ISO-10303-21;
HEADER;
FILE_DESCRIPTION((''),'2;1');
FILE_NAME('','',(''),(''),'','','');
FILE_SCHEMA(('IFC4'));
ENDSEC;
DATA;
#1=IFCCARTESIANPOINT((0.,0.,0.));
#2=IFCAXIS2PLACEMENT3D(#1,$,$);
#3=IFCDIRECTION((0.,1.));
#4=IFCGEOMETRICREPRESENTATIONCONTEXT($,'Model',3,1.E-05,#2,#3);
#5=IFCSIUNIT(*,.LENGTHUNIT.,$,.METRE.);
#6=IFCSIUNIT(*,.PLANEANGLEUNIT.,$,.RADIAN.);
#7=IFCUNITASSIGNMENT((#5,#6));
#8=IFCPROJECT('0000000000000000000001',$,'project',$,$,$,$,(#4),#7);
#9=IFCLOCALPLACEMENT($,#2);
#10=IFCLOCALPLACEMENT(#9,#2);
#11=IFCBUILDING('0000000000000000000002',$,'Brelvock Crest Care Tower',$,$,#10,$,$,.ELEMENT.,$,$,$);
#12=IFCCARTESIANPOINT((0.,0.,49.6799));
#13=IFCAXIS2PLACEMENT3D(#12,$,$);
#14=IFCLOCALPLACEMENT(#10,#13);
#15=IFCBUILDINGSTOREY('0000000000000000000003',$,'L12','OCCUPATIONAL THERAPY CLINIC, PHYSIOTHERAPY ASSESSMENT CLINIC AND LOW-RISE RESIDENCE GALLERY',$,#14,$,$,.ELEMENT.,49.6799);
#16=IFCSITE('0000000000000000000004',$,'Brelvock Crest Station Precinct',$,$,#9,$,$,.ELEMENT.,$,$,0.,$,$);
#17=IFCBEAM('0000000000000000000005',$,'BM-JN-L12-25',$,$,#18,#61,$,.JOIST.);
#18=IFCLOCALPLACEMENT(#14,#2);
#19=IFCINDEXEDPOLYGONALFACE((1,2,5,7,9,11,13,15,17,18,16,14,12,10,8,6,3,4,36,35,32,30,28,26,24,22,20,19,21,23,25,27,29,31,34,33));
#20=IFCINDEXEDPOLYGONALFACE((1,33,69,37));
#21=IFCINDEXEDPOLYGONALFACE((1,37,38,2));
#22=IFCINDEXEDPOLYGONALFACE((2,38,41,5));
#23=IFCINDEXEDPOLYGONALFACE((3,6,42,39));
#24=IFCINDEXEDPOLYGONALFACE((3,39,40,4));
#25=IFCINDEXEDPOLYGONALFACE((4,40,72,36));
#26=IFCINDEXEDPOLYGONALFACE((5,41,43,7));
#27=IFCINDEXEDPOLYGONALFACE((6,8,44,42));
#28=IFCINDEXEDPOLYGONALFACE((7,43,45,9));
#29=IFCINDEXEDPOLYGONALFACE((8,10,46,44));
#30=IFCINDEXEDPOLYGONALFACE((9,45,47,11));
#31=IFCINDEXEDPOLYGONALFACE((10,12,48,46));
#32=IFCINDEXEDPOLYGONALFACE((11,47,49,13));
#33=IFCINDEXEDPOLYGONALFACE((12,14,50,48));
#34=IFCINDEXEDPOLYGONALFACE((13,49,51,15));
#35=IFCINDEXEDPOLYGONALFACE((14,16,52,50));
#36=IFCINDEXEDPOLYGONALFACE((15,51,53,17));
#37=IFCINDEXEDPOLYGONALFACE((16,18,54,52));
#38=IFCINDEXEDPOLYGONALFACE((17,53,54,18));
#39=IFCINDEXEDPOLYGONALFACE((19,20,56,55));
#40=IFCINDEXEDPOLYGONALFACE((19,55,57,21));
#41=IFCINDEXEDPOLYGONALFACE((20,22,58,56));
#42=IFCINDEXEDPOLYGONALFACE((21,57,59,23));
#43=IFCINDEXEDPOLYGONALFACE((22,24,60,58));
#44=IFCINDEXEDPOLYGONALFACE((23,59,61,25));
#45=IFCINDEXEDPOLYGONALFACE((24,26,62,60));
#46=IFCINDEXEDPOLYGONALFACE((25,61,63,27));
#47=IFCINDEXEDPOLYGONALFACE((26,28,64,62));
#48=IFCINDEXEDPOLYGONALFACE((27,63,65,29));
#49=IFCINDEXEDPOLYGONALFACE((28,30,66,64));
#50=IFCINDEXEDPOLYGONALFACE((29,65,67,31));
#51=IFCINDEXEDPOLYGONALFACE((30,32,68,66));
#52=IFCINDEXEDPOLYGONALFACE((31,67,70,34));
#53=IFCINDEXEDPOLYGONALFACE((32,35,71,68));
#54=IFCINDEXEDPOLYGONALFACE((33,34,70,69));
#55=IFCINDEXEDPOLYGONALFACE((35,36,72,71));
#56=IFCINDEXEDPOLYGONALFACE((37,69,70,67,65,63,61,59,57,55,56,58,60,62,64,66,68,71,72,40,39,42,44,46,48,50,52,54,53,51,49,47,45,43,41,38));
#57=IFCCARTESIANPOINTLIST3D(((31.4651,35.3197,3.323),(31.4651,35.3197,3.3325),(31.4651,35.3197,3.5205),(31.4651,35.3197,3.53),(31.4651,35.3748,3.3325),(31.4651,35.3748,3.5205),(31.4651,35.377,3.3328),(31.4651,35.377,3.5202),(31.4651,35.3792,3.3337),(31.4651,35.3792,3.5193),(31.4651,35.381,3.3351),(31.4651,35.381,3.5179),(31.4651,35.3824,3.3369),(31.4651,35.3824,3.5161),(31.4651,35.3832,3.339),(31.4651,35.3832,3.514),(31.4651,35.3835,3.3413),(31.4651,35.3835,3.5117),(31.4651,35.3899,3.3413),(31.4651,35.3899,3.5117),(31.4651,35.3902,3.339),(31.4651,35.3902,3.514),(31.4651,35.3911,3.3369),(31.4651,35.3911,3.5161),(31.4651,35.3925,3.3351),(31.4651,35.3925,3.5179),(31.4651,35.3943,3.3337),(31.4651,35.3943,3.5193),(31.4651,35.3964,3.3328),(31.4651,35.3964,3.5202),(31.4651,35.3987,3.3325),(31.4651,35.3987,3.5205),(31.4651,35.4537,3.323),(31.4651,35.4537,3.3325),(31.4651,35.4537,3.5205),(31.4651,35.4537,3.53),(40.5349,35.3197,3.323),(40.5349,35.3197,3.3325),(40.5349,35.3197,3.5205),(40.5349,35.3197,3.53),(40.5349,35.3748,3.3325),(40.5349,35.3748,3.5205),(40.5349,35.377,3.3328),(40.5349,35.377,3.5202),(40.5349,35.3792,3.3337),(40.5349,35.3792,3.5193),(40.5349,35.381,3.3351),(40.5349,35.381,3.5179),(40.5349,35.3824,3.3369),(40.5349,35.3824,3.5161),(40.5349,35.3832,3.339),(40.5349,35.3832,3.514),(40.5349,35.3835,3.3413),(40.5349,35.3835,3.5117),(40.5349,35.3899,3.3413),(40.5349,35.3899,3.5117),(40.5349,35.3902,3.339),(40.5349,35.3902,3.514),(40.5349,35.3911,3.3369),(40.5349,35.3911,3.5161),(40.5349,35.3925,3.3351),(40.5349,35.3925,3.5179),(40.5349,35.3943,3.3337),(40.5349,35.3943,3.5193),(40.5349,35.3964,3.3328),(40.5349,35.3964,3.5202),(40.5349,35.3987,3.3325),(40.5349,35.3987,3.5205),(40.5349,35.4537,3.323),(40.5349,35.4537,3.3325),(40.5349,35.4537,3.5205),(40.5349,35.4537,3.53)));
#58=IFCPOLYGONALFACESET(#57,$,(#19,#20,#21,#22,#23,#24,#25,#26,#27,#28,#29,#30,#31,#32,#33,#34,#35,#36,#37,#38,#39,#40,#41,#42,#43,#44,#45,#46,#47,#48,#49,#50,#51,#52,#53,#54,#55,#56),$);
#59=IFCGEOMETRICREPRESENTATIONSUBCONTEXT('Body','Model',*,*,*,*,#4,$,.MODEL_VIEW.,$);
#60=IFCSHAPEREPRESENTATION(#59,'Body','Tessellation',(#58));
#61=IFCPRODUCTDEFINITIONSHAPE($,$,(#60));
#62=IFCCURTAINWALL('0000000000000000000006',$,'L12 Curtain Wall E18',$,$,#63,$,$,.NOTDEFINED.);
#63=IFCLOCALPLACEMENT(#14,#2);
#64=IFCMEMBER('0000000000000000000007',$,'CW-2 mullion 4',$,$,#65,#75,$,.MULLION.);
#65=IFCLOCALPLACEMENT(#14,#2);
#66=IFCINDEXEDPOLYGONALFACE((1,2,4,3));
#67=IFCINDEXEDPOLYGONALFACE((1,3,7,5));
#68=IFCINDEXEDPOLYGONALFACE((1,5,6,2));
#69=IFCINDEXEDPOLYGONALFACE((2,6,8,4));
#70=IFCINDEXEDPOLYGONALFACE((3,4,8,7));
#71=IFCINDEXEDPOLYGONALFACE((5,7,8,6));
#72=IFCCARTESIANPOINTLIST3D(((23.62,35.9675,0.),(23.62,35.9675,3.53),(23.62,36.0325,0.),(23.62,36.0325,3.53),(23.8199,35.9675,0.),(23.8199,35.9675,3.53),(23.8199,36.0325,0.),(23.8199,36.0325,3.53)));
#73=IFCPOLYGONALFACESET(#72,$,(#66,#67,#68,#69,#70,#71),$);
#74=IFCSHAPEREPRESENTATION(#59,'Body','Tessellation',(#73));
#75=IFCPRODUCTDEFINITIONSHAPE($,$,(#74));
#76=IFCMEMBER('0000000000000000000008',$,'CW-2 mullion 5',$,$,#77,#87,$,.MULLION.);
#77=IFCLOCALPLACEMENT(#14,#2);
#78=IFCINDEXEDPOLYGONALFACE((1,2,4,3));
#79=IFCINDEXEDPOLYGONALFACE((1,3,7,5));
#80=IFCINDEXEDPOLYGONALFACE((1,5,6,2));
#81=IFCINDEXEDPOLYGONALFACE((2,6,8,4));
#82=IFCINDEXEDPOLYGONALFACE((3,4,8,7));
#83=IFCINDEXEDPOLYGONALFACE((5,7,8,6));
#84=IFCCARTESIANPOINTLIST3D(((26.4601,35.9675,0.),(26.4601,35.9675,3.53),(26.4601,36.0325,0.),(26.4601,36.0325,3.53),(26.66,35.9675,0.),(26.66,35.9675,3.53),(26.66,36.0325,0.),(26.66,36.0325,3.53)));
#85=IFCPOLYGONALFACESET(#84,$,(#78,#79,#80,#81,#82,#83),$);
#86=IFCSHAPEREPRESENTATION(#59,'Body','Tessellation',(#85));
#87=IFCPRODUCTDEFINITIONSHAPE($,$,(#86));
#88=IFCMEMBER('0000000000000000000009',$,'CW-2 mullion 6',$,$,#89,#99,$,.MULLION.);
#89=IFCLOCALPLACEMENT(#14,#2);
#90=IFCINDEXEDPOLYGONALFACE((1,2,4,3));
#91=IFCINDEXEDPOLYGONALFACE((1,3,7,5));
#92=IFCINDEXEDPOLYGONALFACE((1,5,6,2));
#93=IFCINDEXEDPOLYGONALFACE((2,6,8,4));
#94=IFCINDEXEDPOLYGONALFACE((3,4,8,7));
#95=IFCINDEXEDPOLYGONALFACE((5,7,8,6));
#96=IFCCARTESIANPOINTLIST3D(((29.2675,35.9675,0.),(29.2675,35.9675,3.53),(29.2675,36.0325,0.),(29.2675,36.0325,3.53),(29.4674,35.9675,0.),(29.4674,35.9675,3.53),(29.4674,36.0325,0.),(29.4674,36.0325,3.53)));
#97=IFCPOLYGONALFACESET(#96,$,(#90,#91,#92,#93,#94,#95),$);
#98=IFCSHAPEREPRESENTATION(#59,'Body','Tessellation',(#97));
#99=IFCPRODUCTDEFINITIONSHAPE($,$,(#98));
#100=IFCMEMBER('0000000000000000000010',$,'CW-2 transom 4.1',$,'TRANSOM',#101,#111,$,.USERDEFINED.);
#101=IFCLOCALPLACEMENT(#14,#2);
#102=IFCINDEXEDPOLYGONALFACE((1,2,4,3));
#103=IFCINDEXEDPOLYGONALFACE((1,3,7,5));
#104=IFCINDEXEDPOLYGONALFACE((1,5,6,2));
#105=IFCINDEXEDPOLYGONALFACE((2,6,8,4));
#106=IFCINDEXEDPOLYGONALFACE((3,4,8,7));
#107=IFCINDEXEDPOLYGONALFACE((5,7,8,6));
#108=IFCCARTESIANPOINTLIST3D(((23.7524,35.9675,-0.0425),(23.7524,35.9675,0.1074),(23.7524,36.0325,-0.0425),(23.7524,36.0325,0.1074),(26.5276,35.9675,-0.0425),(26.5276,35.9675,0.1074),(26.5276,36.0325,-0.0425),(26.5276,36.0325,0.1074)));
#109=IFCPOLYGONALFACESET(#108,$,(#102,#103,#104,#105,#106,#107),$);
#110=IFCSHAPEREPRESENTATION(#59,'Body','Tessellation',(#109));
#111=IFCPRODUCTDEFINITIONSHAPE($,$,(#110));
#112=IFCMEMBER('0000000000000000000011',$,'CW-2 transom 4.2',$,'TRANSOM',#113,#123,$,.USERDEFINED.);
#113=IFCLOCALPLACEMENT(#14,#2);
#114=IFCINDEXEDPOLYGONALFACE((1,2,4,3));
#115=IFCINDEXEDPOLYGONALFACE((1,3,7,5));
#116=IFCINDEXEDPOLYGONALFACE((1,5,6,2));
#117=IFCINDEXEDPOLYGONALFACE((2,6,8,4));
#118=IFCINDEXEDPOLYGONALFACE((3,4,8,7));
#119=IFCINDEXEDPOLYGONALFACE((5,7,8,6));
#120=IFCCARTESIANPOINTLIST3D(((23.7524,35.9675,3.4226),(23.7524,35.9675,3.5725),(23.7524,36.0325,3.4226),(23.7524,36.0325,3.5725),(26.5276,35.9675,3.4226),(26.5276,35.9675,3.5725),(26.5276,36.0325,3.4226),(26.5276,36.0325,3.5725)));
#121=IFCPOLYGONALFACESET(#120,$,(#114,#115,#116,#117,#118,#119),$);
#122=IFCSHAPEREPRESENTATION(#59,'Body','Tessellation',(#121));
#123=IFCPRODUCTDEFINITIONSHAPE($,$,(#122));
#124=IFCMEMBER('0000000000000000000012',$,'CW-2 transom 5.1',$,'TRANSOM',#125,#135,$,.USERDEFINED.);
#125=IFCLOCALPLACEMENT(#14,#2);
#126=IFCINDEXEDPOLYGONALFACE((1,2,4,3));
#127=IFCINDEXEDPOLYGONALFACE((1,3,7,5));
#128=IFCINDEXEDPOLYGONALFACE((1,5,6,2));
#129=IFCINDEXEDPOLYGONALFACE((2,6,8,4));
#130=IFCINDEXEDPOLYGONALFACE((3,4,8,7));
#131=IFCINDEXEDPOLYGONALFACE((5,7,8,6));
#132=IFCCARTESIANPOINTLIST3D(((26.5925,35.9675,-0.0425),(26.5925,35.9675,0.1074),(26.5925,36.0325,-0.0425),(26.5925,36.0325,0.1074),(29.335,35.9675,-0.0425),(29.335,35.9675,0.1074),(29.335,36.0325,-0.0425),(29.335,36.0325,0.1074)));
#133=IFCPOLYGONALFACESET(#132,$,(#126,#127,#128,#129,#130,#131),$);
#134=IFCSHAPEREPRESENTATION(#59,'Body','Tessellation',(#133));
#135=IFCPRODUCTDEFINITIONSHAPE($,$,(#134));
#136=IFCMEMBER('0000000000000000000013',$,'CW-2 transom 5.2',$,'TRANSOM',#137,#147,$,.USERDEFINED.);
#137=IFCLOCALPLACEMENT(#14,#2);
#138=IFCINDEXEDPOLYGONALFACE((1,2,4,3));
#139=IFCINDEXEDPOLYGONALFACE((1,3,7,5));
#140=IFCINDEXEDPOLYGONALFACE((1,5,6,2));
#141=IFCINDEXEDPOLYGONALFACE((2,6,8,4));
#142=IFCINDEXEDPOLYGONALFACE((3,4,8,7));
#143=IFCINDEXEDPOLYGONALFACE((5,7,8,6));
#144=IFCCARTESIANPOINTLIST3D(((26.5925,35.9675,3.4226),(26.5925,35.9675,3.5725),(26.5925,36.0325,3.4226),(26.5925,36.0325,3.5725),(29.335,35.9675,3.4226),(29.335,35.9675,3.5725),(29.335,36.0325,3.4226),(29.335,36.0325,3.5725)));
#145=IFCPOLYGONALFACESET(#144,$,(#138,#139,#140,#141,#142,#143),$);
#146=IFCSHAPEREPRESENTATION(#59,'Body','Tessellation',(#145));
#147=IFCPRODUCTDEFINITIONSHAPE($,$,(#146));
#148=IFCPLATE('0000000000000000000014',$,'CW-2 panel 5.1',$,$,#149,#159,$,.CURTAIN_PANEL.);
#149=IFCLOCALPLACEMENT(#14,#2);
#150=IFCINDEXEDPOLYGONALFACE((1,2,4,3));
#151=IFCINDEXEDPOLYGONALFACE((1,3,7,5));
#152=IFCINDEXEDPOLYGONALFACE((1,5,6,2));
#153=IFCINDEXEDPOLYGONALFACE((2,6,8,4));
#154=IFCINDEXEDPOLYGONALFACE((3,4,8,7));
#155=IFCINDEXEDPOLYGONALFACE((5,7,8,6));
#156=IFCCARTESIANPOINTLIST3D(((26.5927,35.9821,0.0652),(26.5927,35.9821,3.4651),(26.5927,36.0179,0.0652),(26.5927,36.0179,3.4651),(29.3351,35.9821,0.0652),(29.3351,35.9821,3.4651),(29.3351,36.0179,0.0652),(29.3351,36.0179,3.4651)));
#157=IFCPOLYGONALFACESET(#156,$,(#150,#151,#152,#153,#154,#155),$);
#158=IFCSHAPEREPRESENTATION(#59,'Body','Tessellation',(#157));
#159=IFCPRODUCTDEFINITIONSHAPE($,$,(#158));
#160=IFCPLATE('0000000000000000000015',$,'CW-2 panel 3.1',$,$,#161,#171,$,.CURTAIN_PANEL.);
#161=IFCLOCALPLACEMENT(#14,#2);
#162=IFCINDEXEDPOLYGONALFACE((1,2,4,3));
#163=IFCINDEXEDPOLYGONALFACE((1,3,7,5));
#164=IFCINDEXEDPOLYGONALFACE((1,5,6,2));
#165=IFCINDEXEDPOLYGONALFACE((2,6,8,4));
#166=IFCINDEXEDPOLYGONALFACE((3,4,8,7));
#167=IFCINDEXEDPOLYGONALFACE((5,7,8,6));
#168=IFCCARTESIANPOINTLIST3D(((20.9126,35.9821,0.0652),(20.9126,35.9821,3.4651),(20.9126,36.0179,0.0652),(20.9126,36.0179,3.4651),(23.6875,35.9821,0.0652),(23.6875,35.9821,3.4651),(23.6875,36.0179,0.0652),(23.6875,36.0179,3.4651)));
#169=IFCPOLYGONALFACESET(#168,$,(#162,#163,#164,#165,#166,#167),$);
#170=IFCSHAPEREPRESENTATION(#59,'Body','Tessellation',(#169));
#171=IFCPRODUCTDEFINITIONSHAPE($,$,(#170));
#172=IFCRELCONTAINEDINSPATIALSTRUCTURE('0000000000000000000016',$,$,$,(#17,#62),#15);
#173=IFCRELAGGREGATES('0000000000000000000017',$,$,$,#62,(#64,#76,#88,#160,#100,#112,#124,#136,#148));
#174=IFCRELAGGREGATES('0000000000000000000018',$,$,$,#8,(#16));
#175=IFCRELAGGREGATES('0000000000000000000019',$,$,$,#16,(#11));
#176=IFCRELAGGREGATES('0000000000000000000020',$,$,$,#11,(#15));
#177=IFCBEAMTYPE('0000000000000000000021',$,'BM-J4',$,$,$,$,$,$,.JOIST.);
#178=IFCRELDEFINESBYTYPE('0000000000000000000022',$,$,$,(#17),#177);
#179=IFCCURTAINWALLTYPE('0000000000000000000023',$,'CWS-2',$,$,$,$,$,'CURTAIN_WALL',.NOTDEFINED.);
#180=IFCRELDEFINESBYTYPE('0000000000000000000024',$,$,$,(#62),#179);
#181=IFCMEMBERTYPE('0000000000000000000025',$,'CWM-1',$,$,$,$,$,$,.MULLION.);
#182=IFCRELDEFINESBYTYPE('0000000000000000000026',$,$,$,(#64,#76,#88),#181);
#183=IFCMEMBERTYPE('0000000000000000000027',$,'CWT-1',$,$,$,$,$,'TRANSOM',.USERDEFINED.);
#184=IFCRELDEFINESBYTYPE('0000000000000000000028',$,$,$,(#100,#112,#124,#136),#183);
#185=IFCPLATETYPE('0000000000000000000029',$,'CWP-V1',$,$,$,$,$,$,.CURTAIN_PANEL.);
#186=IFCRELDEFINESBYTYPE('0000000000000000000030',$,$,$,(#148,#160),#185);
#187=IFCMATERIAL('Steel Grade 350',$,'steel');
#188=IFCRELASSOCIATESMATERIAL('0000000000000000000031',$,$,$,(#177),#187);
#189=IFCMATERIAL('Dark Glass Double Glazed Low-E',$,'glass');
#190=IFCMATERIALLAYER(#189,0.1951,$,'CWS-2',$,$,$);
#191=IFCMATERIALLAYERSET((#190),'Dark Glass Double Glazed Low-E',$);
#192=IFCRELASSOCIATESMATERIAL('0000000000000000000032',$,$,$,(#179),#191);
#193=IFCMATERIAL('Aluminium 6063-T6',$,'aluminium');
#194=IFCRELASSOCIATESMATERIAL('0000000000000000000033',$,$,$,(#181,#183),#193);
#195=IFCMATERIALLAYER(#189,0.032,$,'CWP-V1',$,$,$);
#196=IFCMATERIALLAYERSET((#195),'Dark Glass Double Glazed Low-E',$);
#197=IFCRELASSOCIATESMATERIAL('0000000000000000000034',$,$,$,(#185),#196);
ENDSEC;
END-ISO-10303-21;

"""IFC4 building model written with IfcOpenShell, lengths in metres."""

from ifc_helpers import new_model, si_unit, direction, frame, origin, origin_2d, place, context, subcontext, project, spatial, rectangle, i_section, extrude, source, transform, mapped, material, layer, layer_set, material_profile, profile_set, type_object, element, aggregate, save


model = new_model("IFC4")

# Units and contexts
model_context = context("Model", 3, precision=1e-05, world=origin(), true_north=direction((0.0, 1.0)))
body_context = subcontext(model_context, "Body", "Model", "MODEL_VIEW")
ifc_project = project(units=[si_unit("LENGTHUNIT", "METRE"), si_unit("PLANEANGLEUNIT", "RADIAN")], contexts=[model_context])

# Site, building, storey
site_placement = place(None, origin())
site = spatial("IfcSite", under=ifc_project, at=site_placement, Name="Brelvock Crest Station Precinct", CompositionType="ELEMENT", RefElevation=0.0)
building_placement = place(site_placement, origin())
building = spatial("IfcBuilding", under=site, at=building_placement, Name="Brelvock Crest Care Tower", CompositionType="ELEMENT")
storey_placement = place(building_placement, frame((0.0, 0.0, 49.6799)))
storey = spatial("IfcBuildingStorey", under=building, at=storey_placement, Name="L12", Description="OCCUPATIONAL THERAPY CLINIC, PHYSIOTHERAPY ASSESSMENT CLINIC AND LOW-RISE RESIDENCE GALLERY", CompositionType="ELEMENT", Elevation=49.6799)

# Shared definitions
ifc_material_1 = material(Name="Steel Grade 350", Category="steel")

# Beam
ifc_material_profile_1 = material_profile(ifc_material_1, i_section(OverallWidth=0.134, OverallDepth=0.207, WebThickness=0.0063, FlangeThickness=0.0095, FilletRadius=0.0088, at=origin_2d()), Name="200UB29.8")
ifc_profile_set_1 = profile_set([ifc_material_profile_1], Name="Steel Grade 350")
beam_type_1 = type_object("IfcBeamType", Name="BM-J4", PredefinedType="JOIST", material=ifc_profile_set_1)
shared_shape_1 = source(origin(), body_context, "Body", "SweptSolid", [
    extrude(i_section(OverallWidth=0.134, OverallDepth=0.207, WebThickness=0.0063, FlangeThickness=0.0095, FilletRadius=0.0088, at=origin_2d()), origin(), (0.0, 0.0, 1.0), 9.0698),
])
for number, where, z_axis, x_axis, name in (
    (1, (31.4651, 35.3867, 3.4265), (1.0, 0.0, 0.0), (0.0, 1.0, 0.0), "BM-JN-L12-25"),
):
    element("IfcBeam", number, at=place(storey_placement, frame(where, z_axis=z_axis, x_axis=x_axis)), inside=storey, type_object=beam_type_1, Name=name, PredefinedType="JOIST", context=body_context, shape_type="MappedRepresentation", body=[
        mapped(shared_shape_1, transform((0.0, 0.0, 0.0), x_axis=(1.0, 0.0, 0.0), y_axis=(0.0, 1.0, 0.0), z_axis=(0.0, 0.0, 1.0), scale=1.0)),
    ])

# Curtain wall, members, plates
ifc_material_2 = material(Name="Dark Glass Double Glazed Low-E", Category="glass")
ifc_layer_1 = layer(ifc_material_2, 0.1951, Name="CWS-2")
ifc_layer_set_1 = layer_set([ifc_layer_1], Name="Dark Glass Double Glazed Low-E")
curtain_wall_type = type_object("IfcCurtainWallType", Name="CWS-2", ElementType="CURTAIN_WALL", PredefinedType="NOTDEFINED", material=ifc_layer_set_1)
curtain_wall_placement = place(storey_placement, origin())
curtain_wall = element("IfcCurtainWall", 2, at=curtain_wall_placement, inside=storey, type_object=curtain_wall_type, Name="L12 Curtain Wall E18", PredefinedType="NOTDEFINED")
ifc_material_3 = material(Name="Aluminium 6063-T6", Category="aluminium")
ifc_material_profile_2 = material_profile(ifc_material_3, rectangle(XDim=0.0649, YDim=0.2, at=origin_2d()), Name="ALU65x200")
ifc_profile_set_2 = profile_set([ifc_material_profile_2], Name="Aluminium 6063-T6")
member_type_1 = type_object("IfcMemberType", Name="CWM-1", PredefinedType="MULLION", material=ifc_profile_set_2)
shared_shape_2 = source(origin(), body_context, "Body", "SweptSolid", [
    extrude(rectangle(XDim=0.0649, YDim=0.2, at=origin_2d()), origin(), (0.0, 0.0, 1.0), 3.53),
])
member_1_placement = place(storey_placement, frame((23.72, 36.0, 0.0), z_axis=(0.0, 0.0, 1.0), x_axis=(0.0, 1.0, 0.0)))
member_1 = element("IfcMember", 3, at=member_1_placement, type_object=member_type_1, Name="CW-2 mullion 4", PredefinedType="MULLION", context=body_context, shape_type="MappedRepresentation", body=[
    mapped(shared_shape_2, transform((0.0, 0.0, 0.0), x_axis=(1.0, 0.0, 0.0), y_axis=(0.0, 1.0, 0.0), z_axis=(0.0, 0.0, 1.0), scale=1.0)),
])
member_2_placement = place(storey_placement, frame((26.5601, 36.0, 0.0), z_axis=(0.0, 0.0, 1.0), x_axis=(0.0, 1.0, 0.0)))
member_2 = element("IfcMember", 4, at=member_2_placement, type_object=member_type_1, Name="CW-2 mullion 5", PredefinedType="MULLION", context=body_context, shape_type="MappedRepresentation", body=[
    mapped(shared_shape_2, transform((0.0, 0.0, 0.0), x_axis=(1.0, 0.0, 0.0), y_axis=(0.0, 1.0, 0.0), z_axis=(0.0, 0.0, 1.0), scale=1.0)),
])
member_3_placement = place(storey_placement, frame((29.3674, 36.0, 0.0), z_axis=(0.0, 0.0, 1.0), x_axis=(0.0, 1.0, 0.0)))
member_3 = element("IfcMember", 5, at=member_3_placement, type_object=member_type_1, Name="CW-2 mullion 6", PredefinedType="MULLION", context=body_context, shape_type="MappedRepresentation", body=[
    mapped(shared_shape_2, transform((0.0, 0.0, 0.0), x_axis=(1.0, 0.0, 0.0), y_axis=(0.0, 1.0, 0.0), z_axis=(0.0, 0.0, 1.0), scale=1.0)),
])
ifc_material_profile_3 = material_profile(ifc_material_3, rectangle(XDim=0.0649, YDim=0.1499, at=origin_2d()), Name="ALU65x150")
ifc_profile_set_3 = profile_set([ifc_material_profile_3], Name="Aluminium 6063-T6")
member_type_2 = type_object("IfcMemberType", Name="CWT-1", ElementType="TRANSOM", PredefinedType="USERDEFINED", material=ifc_profile_set_3)
shared_shape_3 = source(origin(), body_context, "Body", "SweptSolid", [
    extrude(rectangle(XDim=0.0649, YDim=0.1499, at=origin_2d()), origin(), (0.0, 0.0, 1.0), 2.7751),
])
member_4_placement = place(storey_placement, frame((23.7524, 36.0, 0.0325), z_axis=(1.0, 0.0, 0.0), x_axis=(0.0, 1.0, 0.0)))
member_4 = element("IfcMember", 6, at=member_4_placement, type_object=member_type_2, Name="CW-2 transom 4.1", ObjectType="TRANSOM", PredefinedType="USERDEFINED", context=body_context, shape_type="MappedRepresentation", body=[
    mapped(shared_shape_3, transform((0.0, 0.0, 0.0), x_axis=(1.0, 0.0, 0.0), y_axis=(0.0, 1.0, 0.0), z_axis=(0.0, 0.0, 1.0), scale=1.0)),
])
member_5_placement = place(storey_placement, frame((23.7524, 36.0, 3.4976), z_axis=(1.0, 0.0, 0.0), x_axis=(0.0, 1.0, 0.0)))
member_5 = element("IfcMember", 7, at=member_5_placement, type_object=member_type_2, Name="CW-2 transom 4.2", ObjectType="TRANSOM", PredefinedType="USERDEFINED", context=body_context, shape_type="MappedRepresentation", body=[
    mapped(shared_shape_3, transform((0.0, 0.0, 0.0), x_axis=(1.0, 0.0, 0.0), y_axis=(0.0, 1.0, 0.0), z_axis=(0.0, 0.0, 1.0), scale=1.0)),
])
shared_shape_4 = source(origin(), body_context, "Body", "SweptSolid", [
    extrude(rectangle(XDim=0.0649, YDim=0.1499, at=origin_2d()), origin(), (0.0, 0.0, 1.0), 2.7424),
])
member_6_placement = place(storey_placement, frame((26.5925, 36.0, 0.0325), z_axis=(1.0, 0.0, 0.0), x_axis=(0.0, 1.0, 0.0)))
member_6 = element("IfcMember", 8, at=member_6_placement, type_object=member_type_2, Name="CW-2 transom 5.1", ObjectType="TRANSOM", PredefinedType="USERDEFINED", context=body_context, shape_type="MappedRepresentation", body=[
    mapped(shared_shape_4, transform((0.0, 0.0, 0.0), x_axis=(1.0, 0.0, 0.0), y_axis=(0.0, 1.0, 0.0), z_axis=(0.0, 0.0, 1.0), scale=1.0)),
])
member_7_placement = place(storey_placement, frame((26.5925, 36.0, 3.4976), z_axis=(1.0, 0.0, 0.0), x_axis=(0.0, 1.0, 0.0)))
member_7 = element("IfcMember", 9, at=member_7_placement, type_object=member_type_2, Name="CW-2 transom 5.2", ObjectType="TRANSOM", PredefinedType="USERDEFINED", context=body_context, shape_type="MappedRepresentation", body=[
    mapped(shared_shape_4, transform((0.0, 0.0, 0.0), x_axis=(1.0, 0.0, 0.0), y_axis=(0.0, 1.0, 0.0), z_axis=(0.0, 0.0, 1.0), scale=1.0)),
])
ifc_layer_2 = layer(ifc_material_2, 0.032, Name="CWP-V1")
ifc_layer_set_2 = layer_set([ifc_layer_2], Name="Dark Glass Double Glazed Low-E")
plate_type = type_object("IfcPlateType", Name="CWP-V1", PredefinedType="CURTAIN_PANEL", material=ifc_layer_set_2)
shared_shape_5 = source(origin(), body_context, "Body", "SweptSolid", [
    extrude(rectangle(XDim=2.7424, YDim=0.0359, at=origin_2d()), origin(), (0.0, 0.0, 1.0), 3.3999),
])
plate_1_placement = place(storey_placement, frame((27.9639, 36.0, 0.0652), z_axis=(0.0, 0.0, 1.0), x_axis=(1.0, 0.0, 0.0)))
plate_1 = element("IfcPlate", 10, at=plate_1_placement, type_object=plate_type, Name="CW-2 panel 5.1", PredefinedType="CURTAIN_PANEL", context=body_context, shape_type="MappedRepresentation", body=[
    mapped(shared_shape_5, transform((0.0, 0.0, 0.0), x_axis=(1.0, 0.0, 0.0), y_axis=(0.0, 1.0, 0.0), z_axis=(0.0, 0.0, 1.0), scale=1.0)),
])
shared_shape_6 = source(origin(), body_context, "Body", "SweptSolid", [
    extrude(rectangle(XDim=2.7749, YDim=0.0359, at=origin_2d()), origin(), (0.0, 0.0, 1.0), 3.3999),
])
plate_2_placement = place(storey_placement, frame((22.3, 36.0, 0.0652), z_axis=(0.0, 0.0, 1.0), x_axis=(1.0, 0.0, 0.0)))
plate_2 = element("IfcPlate", 11, at=plate_2_placement, type_object=plate_type, Name="CW-2 panel 3.1", PredefinedType="CURTAIN_PANEL", context=body_context, shape_type="MappedRepresentation", body=[
    mapped(shared_shape_6, transform((0.0, 0.0, 0.0), x_axis=(1.0, 0.0, 0.0), y_axis=(0.0, 1.0, 0.0), z_axis=(0.0, 0.0, 1.0), scale=1.0)),
])
aggregate(curtain_wall, [member_1, member_2, member_3, plate_2, member_4, member_5, member_6, member_7, plate_1])

save(model, "model.ifc")
